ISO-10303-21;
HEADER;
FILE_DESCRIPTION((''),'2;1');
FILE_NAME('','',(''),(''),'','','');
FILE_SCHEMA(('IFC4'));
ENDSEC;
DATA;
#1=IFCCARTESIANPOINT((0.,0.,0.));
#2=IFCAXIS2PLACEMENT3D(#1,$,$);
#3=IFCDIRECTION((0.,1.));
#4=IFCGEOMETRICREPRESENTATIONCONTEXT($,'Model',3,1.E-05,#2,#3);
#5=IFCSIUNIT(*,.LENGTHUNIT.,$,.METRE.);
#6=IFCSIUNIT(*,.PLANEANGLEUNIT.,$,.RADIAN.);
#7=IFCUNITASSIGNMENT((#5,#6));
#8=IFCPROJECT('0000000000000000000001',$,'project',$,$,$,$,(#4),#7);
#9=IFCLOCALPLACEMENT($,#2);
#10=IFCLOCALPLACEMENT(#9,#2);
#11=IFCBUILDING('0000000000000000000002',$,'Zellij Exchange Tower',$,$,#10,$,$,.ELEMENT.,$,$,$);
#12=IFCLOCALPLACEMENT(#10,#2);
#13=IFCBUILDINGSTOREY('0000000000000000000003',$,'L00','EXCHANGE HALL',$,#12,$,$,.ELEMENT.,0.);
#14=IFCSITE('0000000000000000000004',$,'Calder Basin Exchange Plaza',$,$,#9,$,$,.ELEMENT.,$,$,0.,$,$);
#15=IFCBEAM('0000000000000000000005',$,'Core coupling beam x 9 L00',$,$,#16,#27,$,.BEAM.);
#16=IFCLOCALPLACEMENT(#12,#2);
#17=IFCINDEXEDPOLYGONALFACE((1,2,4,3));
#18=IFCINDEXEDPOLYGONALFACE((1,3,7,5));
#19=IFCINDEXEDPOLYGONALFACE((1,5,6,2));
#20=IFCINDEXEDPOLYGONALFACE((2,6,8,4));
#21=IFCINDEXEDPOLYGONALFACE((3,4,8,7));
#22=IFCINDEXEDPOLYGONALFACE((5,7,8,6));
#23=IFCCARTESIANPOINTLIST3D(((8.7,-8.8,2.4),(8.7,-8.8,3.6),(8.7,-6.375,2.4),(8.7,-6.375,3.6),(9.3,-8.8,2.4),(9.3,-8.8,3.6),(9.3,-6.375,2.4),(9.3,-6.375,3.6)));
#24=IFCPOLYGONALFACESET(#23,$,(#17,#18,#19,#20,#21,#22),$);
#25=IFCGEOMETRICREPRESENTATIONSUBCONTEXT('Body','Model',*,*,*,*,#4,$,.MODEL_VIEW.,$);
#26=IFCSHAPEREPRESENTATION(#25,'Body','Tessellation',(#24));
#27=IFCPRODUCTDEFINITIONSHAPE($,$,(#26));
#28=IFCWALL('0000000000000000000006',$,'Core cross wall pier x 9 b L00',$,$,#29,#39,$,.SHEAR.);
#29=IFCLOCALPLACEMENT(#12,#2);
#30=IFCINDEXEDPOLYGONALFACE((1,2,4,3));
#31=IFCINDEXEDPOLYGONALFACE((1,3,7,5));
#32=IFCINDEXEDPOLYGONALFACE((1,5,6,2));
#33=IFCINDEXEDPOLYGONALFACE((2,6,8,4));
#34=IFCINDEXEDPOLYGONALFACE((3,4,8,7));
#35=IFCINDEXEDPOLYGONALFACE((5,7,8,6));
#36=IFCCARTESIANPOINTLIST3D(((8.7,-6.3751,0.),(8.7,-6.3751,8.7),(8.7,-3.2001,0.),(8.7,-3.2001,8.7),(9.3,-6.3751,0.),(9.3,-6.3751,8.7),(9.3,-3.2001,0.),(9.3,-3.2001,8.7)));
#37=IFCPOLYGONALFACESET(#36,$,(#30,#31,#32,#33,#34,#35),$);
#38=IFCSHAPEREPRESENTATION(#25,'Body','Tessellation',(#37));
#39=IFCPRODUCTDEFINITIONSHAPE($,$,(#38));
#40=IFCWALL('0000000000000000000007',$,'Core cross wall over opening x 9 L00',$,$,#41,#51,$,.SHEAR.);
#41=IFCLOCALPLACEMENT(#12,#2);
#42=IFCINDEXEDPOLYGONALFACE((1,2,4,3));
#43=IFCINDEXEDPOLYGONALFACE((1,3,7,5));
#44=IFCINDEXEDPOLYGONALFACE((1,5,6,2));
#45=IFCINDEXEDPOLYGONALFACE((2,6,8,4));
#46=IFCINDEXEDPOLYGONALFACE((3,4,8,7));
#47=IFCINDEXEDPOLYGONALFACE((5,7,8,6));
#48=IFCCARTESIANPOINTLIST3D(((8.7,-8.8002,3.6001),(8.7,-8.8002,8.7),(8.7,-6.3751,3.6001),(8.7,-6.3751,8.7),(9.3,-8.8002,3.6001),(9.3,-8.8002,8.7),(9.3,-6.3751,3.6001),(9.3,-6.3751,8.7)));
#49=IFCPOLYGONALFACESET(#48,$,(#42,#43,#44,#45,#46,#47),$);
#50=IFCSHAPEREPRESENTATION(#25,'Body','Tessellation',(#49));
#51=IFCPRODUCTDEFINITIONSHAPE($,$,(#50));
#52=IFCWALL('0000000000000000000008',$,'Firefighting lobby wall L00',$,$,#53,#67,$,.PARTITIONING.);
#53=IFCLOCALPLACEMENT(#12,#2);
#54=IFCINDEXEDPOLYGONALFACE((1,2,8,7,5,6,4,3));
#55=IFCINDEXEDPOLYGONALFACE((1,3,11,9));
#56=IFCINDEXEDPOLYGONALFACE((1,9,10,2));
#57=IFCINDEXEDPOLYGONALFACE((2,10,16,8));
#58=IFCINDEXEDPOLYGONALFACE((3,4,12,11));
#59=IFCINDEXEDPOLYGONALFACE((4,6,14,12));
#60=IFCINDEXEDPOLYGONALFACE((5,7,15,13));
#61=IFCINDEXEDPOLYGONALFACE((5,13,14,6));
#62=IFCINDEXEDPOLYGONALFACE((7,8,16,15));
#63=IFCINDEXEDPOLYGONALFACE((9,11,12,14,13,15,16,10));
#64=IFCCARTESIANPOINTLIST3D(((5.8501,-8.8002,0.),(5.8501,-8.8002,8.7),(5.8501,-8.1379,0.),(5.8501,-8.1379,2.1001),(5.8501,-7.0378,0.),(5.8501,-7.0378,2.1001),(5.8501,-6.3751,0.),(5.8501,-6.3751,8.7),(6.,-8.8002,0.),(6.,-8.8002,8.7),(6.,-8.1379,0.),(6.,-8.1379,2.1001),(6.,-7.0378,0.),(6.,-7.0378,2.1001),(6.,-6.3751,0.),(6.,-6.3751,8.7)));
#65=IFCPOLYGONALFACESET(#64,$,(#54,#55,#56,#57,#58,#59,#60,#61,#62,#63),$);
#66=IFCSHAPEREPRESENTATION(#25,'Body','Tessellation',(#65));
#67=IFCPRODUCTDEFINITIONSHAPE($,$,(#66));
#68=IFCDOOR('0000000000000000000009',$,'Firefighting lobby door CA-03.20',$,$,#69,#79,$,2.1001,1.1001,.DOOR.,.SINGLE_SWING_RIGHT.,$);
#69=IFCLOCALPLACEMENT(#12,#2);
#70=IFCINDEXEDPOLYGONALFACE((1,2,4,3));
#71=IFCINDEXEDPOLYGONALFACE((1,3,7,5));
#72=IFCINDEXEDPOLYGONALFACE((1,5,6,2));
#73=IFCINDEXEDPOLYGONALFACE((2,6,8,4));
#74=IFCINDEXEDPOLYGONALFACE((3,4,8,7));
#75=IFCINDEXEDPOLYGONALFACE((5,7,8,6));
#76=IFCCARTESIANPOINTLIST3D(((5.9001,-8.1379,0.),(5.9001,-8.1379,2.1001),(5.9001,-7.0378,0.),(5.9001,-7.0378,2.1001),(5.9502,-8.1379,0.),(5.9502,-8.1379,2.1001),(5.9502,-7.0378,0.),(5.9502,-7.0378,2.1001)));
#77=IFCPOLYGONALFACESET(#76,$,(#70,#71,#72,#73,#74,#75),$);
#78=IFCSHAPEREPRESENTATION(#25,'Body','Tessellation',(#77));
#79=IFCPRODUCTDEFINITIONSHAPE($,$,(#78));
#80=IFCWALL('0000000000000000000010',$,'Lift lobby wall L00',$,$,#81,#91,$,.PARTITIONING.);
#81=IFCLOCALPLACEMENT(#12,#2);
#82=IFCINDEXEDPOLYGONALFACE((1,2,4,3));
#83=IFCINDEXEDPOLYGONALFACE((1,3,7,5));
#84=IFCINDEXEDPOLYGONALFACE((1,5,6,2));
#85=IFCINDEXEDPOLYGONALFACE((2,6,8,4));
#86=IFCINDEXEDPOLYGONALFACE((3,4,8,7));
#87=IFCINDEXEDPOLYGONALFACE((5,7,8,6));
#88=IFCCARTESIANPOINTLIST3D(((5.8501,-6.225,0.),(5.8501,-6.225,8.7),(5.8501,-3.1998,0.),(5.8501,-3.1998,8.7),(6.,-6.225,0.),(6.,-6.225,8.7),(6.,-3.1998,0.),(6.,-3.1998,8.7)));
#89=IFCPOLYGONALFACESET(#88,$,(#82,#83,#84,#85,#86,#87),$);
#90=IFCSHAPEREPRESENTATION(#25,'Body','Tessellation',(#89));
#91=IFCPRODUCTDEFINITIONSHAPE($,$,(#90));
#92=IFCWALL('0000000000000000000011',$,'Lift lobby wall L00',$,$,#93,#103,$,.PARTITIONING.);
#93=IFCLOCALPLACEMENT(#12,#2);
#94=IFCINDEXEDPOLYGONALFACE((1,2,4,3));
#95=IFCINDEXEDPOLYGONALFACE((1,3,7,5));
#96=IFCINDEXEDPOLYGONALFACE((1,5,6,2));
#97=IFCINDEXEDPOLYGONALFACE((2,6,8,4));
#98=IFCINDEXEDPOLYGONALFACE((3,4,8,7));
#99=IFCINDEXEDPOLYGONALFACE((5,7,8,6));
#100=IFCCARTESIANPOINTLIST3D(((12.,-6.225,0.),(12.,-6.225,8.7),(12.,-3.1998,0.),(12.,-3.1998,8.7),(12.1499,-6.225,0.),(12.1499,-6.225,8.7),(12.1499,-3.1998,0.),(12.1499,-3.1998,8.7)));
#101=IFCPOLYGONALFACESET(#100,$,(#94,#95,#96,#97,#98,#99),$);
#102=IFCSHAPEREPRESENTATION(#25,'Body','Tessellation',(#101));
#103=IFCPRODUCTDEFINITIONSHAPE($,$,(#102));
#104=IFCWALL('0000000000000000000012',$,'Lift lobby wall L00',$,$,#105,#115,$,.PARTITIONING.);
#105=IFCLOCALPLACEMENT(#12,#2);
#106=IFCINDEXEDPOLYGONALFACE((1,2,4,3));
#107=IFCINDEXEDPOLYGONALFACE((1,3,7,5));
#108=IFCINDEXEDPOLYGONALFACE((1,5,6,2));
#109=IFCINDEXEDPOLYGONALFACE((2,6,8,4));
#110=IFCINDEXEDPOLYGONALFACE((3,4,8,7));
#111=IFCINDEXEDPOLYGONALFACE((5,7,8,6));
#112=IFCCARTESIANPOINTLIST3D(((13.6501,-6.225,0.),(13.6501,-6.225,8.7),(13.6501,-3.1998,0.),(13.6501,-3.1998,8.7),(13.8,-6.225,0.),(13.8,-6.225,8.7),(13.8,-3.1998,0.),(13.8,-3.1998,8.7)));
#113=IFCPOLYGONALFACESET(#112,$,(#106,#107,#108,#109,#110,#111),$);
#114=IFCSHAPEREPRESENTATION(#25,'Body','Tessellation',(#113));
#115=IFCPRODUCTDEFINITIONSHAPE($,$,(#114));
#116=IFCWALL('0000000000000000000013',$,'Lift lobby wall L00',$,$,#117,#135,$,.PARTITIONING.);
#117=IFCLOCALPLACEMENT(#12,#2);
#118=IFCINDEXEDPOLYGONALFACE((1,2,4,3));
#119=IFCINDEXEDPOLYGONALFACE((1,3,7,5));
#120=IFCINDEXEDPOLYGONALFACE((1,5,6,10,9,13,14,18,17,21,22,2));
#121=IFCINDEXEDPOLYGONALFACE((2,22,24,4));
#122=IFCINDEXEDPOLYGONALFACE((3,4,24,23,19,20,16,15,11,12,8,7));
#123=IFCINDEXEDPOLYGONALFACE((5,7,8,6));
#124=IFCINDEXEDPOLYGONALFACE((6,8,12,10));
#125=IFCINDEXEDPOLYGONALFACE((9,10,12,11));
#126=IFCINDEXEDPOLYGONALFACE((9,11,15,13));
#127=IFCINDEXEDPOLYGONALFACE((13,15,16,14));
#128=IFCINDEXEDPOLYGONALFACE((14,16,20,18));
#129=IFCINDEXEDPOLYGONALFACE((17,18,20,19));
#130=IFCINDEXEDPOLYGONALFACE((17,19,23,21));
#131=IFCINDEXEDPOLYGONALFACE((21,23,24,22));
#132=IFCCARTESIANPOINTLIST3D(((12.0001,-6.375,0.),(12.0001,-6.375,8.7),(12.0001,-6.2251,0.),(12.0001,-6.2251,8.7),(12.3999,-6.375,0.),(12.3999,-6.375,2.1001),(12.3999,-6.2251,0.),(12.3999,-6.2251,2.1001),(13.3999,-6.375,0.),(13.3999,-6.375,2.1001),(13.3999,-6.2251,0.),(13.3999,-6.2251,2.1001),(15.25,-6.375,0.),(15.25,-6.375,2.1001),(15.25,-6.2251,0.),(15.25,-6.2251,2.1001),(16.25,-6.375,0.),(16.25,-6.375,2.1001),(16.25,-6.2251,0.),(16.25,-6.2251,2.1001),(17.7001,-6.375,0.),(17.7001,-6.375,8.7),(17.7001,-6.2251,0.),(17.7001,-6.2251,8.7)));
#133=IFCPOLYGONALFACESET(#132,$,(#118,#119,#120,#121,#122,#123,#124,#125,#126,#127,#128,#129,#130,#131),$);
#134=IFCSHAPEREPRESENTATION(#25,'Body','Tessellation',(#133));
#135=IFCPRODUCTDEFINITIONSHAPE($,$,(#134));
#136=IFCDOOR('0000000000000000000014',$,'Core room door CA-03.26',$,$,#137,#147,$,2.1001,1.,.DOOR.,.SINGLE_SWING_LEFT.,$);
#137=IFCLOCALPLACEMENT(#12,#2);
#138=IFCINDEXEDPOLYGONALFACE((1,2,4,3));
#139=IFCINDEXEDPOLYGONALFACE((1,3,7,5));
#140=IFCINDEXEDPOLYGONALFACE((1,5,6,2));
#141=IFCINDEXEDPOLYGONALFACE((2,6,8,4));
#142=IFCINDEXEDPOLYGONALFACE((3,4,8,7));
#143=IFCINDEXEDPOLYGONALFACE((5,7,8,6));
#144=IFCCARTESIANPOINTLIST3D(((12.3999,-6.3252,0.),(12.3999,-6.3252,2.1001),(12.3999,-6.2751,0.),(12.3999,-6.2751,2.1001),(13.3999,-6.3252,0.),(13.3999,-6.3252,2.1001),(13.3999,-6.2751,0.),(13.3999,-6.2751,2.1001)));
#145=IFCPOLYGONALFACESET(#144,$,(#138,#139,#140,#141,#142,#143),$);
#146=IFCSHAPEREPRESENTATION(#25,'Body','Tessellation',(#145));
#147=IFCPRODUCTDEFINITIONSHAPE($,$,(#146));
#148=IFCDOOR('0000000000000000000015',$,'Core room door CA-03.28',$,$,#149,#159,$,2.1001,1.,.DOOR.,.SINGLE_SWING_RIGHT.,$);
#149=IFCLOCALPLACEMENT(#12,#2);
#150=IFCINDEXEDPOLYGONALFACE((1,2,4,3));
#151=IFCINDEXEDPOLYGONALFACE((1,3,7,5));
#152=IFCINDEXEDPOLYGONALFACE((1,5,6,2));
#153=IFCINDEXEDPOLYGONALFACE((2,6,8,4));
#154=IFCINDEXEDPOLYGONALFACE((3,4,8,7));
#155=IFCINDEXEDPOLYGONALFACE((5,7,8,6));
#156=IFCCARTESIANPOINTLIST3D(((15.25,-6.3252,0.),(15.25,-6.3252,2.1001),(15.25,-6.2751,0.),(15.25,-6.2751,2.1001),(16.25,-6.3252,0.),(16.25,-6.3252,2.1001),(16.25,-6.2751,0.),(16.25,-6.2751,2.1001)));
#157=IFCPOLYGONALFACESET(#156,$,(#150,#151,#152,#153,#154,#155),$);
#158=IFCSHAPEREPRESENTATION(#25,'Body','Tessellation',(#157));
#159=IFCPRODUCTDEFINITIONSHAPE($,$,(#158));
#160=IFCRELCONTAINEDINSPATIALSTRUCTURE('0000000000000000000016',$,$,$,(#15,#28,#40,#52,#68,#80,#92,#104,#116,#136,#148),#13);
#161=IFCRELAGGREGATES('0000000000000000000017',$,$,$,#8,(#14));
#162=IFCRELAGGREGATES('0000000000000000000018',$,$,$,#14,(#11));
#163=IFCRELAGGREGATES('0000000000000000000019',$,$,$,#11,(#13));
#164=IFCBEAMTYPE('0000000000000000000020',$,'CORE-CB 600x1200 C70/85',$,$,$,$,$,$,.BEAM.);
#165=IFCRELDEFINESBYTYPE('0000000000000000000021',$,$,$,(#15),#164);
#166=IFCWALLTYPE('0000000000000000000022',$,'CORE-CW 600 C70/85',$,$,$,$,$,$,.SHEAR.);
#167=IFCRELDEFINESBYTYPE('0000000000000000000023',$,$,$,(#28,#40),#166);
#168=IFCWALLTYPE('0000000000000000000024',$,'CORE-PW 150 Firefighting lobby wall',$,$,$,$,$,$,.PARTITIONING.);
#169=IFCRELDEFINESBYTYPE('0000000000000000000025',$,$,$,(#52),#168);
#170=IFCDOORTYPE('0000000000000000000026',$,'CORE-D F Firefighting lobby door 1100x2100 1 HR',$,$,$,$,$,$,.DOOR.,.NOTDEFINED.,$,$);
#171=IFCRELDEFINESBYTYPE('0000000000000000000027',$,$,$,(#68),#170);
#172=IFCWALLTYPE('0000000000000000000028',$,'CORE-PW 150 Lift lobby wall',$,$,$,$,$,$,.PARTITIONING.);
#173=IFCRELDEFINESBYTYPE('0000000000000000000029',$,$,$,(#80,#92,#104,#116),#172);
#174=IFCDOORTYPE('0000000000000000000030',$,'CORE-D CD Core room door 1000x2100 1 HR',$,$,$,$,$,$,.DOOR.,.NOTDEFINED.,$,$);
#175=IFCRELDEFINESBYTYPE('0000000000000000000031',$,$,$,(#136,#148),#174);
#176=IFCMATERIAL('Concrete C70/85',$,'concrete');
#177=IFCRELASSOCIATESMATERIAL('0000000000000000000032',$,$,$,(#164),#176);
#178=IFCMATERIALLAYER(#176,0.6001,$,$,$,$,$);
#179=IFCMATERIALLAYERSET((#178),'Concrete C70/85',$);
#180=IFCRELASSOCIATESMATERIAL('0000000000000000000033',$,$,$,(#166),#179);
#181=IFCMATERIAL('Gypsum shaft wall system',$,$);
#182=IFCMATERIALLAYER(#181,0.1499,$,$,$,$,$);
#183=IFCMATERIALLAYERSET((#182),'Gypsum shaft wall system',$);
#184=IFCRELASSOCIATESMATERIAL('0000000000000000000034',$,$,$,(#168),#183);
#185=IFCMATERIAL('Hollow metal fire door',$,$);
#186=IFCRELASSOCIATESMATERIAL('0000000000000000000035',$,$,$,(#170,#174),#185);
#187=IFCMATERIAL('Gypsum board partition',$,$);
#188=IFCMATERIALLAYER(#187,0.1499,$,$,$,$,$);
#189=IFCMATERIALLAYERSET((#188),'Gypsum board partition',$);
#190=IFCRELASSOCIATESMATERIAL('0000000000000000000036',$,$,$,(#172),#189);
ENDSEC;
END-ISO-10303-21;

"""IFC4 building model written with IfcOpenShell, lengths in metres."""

from ifc_helpers import new_model, si_unit, direction, frame, frame_2d, origin, origin_2d, place, context, subcontext, project, spatial, rectangle, extrude, material, layer, layer_set, material_profile, profile_set, type_object, element, fill, save


model = new_model("IFC4")

# Units and contexts
model_context = context("Model", 3, precision=1e-05, world=origin(), true_north=direction((0.0, 1.0)))
body_context = subcontext(model_context, "Body", "Model", "MODEL_VIEW")
ifc_project = project(units=[si_unit("LENGTHUNIT", "METRE"), si_unit("PLANEANGLEUNIT", "RADIAN")], contexts=[model_context])

# Site, building, storey
site_placement = place(None, origin())
site = spatial("IfcSite", under=ifc_project, at=site_placement, Name="Calder Basin Exchange Plaza", CompositionType="ELEMENT", RefElevation=0.0)
building_placement = place(site_placement, origin())
building = spatial("IfcBuilding", under=site, at=building_placement, Name="Zellij Exchange Tower", CompositionType="ELEMENT")
storey_placement = place(building_placement, origin())
storey = spatial("IfcBuildingStorey", under=building, at=storey_placement, Name="L00", Description="EXCHANGE HALL", CompositionType="ELEMENT", Elevation=0.0)

# Beam
ifc_material_1 = material(Name="Concrete C70/85", Category="concrete")
ifc_material_profile = material_profile(ifc_material_1, rectangle(XDim=0.6001, YDim=1.2, at=origin_2d()), Name="CORE-CB 600x1200 C70/85")
ifc_profile_set = profile_set([ifc_material_profile], Name="Concrete C70/85")
beam_type = type_object("IfcBeamType", Name="CORE-CB 600x1200 C70/85", PredefinedType="BEAM", material=ifc_profile_set)
beam_placement = place(storey_placement, frame((9.0, -8.8, 3.0), z_axis=(0.0, 1.0, 0.0), x_axis=(-1.0, 0.0, 0.0)))
element("IfcBeam", 1, at=beam_placement, inside=storey, type_object=beam_type, Name="Core coupling beam x 9 L00", PredefinedType="BEAM", context=body_context, shape_type="SweptSolid", body=[
    extrude(rectangle(XDim=0.6001, YDim=1.2, at=origin_2d()), origin(), (0.0, 0.0, 1.0), 2.425),
])

# Walls
ifc_layer_1 = layer(ifc_material_1, 0.6001)
ifc_layer_set_1 = layer_set([ifc_layer_1], Name="Concrete C70/85")
wall_type_1 = type_object("IfcWallType", Name="CORE-CW 600 C70/85", PredefinedType="SHEAR", material=ifc_layer_set_1)
wall_1_placement = place(storey_placement, frame((9.0, -6.375, 0.0), z_axis=(0.0, 0.0, 1.0), x_axis=(0.0, 1.0, 0.0)))
element("IfcWall", 2, at=wall_1_placement, inside=storey, type_object=wall_type_1, Name="Core cross wall pier x 9 b L00", PredefinedType="SHEAR", context=body_context, shape_type="SweptSolid", body=[
    extrude(rectangle(XDim=3.175, YDim=0.6001, at=frame_2d((1.5874, 0.0))), origin(), (0.0, 0.0, 1.0), 8.7),
])
wall_2_placement = place(storey_placement, frame((9.0, -8.8, 3.6001), z_axis=(0.0, 0.0, 1.0), x_axis=(0.0, 1.0, 0.0)))
element("IfcWall", 3, at=wall_2_placement, inside=storey, type_object=wall_type_1, Name="Core cross wall over opening x 9 L00", PredefinedType="SHEAR", context=body_context, shape_type="SweptSolid", body=[
    extrude(rectangle(XDim=2.425, YDim=0.6001, at=frame_2d((1.2124, 0.0))), origin(), (0.0, 0.0, 1.0), 5.0999),
])

# Wall, opening, door
ifc_material_2 = material(Name="Gypsum shaft wall system")
ifc_layer_2 = layer(ifc_material_2, 0.1499)
ifc_layer_set_2 = layer_set([ifc_layer_2], Name="Gypsum shaft wall system")
wall_type_2 = type_object("IfcWallType", Name="CORE-PW 150 Firefighting lobby wall", PredefinedType="PARTITIONING", material=ifc_layer_set_2)
wall_3_placement = place(storey_placement, frame((5.925, -8.8, 0.0), z_axis=(0.0, 0.0, 1.0), x_axis=(0.0, 1.0, 0.0)))
wall_3 = element("IfcWall", 4, at=wall_3_placement, inside=storey, type_object=wall_type_2, Name="Firefighting lobby wall L00", PredefinedType="PARTITIONING", context=body_context, shape_type="SweptSolid", body=[
    extrude(rectangle(XDim=2.425, YDim=0.1499, at=frame_2d((1.2124, 0.0))), origin(), (0.0, 0.0, 1.0), 8.7),
])
opening_1_placement = place(wall_3_placement, frame((0.6621, 0.0, 0.0)))
opening_1 = element("IfcOpeningElement", 5, at=opening_1_placement, cuts=wall_3, PredefinedType="OPENING", context=body_context, shape_type="SweptSolid", body=[
    extrude(rectangle(XDim=1.1001, YDim=2.1001, at=frame_2d((0.55, 1.05))), frame((0.0, 0.0869, 0.0), z_axis=(0.0, -1.0, 0.0), x_axis=(1.0, 0.0, 0.0)), (0.0, 0.0, 1.0), 0.1738),
])
ifc_material_3 = material(Name="Hollow metal fire door")
door_type_1 = type_object("IfcDoorType", Name="CORE-D F Firefighting lobby door 1100x2100 1 HR", OperationType="NOTDEFINED", PredefinedType="DOOR", material=ifc_material_3)
door_1_placement = place(opening_1_placement, origin())
door_1 = element("IfcDoor", 6, at=door_1_placement, inside=storey, type_object=door_type_1, Name="Firefighting lobby door CA-03.20", OperationType="SINGLE_SWING_RIGHT", OverallHeight=2.1001, OverallWidth=1.1001, PredefinedType="DOOR", context=body_context, shape_type="SweptSolid", body=[
    extrude(rectangle(XDim=1.1001, YDim=2.1001, at=frame_2d((0.55, 1.05))), frame((0.0, 0.0249, 0.0), z_axis=(0.0, -1.0, 0.0), x_axis=(1.0, 0.0, 0.0)), (0.0, 0.0, 1.0), 0.05),
])
fill(opening_1, door_1)

# Walls
ifc_material_4 = material(Name="Gypsum board partition")
ifc_layer_3 = layer(ifc_material_4, 0.1499)
ifc_layer_set_3 = layer_set([ifc_layer_3], Name="Gypsum board partition")
wall_type_3 = type_object("IfcWallType", Name="CORE-PW 150 Lift lobby wall", PredefinedType="PARTITIONING", material=ifc_layer_set_3)
for number, where, z_axis, x_axis, name in (
    (7, (5.925, -6.2251, 0.0), (0.0, 0.0, 1.0), (0.0, 1.0, 0.0), "Lift lobby wall L00"),
    (8, (12.075, -6.2251, 0.0), (0.0, 0.0, 1.0), (0.0, 1.0, 0.0), "Lift lobby wall L00"),
    (9, (13.7251, -6.2251, 0.0), (0.0, 0.0, 1.0), (0.0, 1.0, 0.0), "Lift lobby wall L00"),
):
    element("IfcWall", number, at=place(storey_placement, frame(where, z_axis=z_axis, x_axis=x_axis)), inside=storey, type_object=wall_type_3, Name=name, PredefinedType="PARTITIONING", context=body_context, shape_type="SweptSolid", body=[
        extrude(rectangle(XDim=3.0251, YDim=0.1499, at=frame_2d((1.5127, 0.0))), origin(), (0.0, 0.0, 1.0), 8.7),
    ])

# Wall, openings, doors
wall_4_placement = place(storey_placement, frame((12.0, -6.3, 0.0), z_axis=(0.0, 0.0, 1.0), x_axis=(1.0, 0.0, 0.0)))
wall_4 = element("IfcWall", 10, at=wall_4_placement, inside=storey, type_object=wall_type_3, Name="Lift lobby wall L00", PredefinedType="PARTITIONING", context=body_context, shape_type="SweptSolid", body=[
    extrude(rectangle(XDim=5.7, YDim=0.1499, at=frame_2d((2.8501, 0.0))), origin(), (0.0, 0.0, 1.0), 8.7),
])
opening_2_placement = place(wall_4_placement, frame((0.3999, 0.0, 0.0)))
opening_2 = element("IfcOpeningElement", 11, at=opening_2_placement, cuts=wall_4, PredefinedType="OPENING", context=body_context, shape_type="SweptSolid", body=[
    extrude(rectangle(XDim=1.0, YDim=2.1001, at=frame_2d((0.5, 1.05))), frame((0.0, 0.0869, 0.0), z_axis=(0.0, -1.0, 0.0), x_axis=(1.0, 0.0, 0.0)), (0.0, 0.0, 1.0), 0.1738),
])
opening_3_placement = place(wall_4_placement, frame((3.25, 0.0, 0.0)))
opening_3 = element("IfcOpeningElement", 12, at=opening_3_placement, cuts=wall_4, PredefinedType="OPENING", context=body_context, shape_type="SweptSolid", body=[
    extrude(rectangle(XDim=1.0, YDim=2.1001, at=frame_2d((0.5, 1.05))), frame((0.0, 0.0869, 0.0), z_axis=(0.0, -1.0, 0.0), x_axis=(1.0, 0.0, 0.0)), (0.0, 0.0, 1.0), 0.1738),
])
door_type_2 = type_object("IfcDoorType", Name="CORE-D CD Core room door 1000x2100 1 HR", OperationType="NOTDEFINED", PredefinedType="DOOR", material=ifc_material_3)
door_2_placement = place(opening_2_placement, origin())
door_2 = element("IfcDoor", 13, at=door_2_placement, inside=storey, type_object=door_type_2, Name="Core room door CA-03.26", OperationType="SINGLE_SWING_LEFT", OverallHeight=2.1001, OverallWidth=1.0, PredefinedType="DOOR", context=body_context, shape_type="SweptSolid", body=[
    extrude(rectangle(XDim=1.0, YDim=2.1001, at=frame_2d((0.5, 1.05))), frame((0.0, 0.0249, 0.0), z_axis=(0.0, -1.0, 0.0), x_axis=(1.0, 0.0, 0.0)), (0.0, 0.0, 1.0), 0.05),
])
fill(opening_2, door_2)
door_3_placement = place(opening_3_placement, origin())
door_3 = element("IfcDoor", 14, at=door_3_placement, inside=storey, type_object=door_type_2, Name="Core room door CA-03.28", OperationType="SINGLE_SWING_RIGHT", OverallHeight=2.1001, OverallWidth=1.0, PredefinedType="DOOR", context=body_context, shape_type="SweptSolid", body=[
    extrude(rectangle(XDim=1.0, YDim=2.1001, at=frame_2d((0.5, 1.05))), frame((0.0, 0.0249, 0.0), z_axis=(0.0, -1.0, 0.0), x_axis=(1.0, 0.0, 0.0)), (0.0, 0.0, 1.0), 0.05),
])
fill(opening_3, door_3)

save(model, "model.ifc")
